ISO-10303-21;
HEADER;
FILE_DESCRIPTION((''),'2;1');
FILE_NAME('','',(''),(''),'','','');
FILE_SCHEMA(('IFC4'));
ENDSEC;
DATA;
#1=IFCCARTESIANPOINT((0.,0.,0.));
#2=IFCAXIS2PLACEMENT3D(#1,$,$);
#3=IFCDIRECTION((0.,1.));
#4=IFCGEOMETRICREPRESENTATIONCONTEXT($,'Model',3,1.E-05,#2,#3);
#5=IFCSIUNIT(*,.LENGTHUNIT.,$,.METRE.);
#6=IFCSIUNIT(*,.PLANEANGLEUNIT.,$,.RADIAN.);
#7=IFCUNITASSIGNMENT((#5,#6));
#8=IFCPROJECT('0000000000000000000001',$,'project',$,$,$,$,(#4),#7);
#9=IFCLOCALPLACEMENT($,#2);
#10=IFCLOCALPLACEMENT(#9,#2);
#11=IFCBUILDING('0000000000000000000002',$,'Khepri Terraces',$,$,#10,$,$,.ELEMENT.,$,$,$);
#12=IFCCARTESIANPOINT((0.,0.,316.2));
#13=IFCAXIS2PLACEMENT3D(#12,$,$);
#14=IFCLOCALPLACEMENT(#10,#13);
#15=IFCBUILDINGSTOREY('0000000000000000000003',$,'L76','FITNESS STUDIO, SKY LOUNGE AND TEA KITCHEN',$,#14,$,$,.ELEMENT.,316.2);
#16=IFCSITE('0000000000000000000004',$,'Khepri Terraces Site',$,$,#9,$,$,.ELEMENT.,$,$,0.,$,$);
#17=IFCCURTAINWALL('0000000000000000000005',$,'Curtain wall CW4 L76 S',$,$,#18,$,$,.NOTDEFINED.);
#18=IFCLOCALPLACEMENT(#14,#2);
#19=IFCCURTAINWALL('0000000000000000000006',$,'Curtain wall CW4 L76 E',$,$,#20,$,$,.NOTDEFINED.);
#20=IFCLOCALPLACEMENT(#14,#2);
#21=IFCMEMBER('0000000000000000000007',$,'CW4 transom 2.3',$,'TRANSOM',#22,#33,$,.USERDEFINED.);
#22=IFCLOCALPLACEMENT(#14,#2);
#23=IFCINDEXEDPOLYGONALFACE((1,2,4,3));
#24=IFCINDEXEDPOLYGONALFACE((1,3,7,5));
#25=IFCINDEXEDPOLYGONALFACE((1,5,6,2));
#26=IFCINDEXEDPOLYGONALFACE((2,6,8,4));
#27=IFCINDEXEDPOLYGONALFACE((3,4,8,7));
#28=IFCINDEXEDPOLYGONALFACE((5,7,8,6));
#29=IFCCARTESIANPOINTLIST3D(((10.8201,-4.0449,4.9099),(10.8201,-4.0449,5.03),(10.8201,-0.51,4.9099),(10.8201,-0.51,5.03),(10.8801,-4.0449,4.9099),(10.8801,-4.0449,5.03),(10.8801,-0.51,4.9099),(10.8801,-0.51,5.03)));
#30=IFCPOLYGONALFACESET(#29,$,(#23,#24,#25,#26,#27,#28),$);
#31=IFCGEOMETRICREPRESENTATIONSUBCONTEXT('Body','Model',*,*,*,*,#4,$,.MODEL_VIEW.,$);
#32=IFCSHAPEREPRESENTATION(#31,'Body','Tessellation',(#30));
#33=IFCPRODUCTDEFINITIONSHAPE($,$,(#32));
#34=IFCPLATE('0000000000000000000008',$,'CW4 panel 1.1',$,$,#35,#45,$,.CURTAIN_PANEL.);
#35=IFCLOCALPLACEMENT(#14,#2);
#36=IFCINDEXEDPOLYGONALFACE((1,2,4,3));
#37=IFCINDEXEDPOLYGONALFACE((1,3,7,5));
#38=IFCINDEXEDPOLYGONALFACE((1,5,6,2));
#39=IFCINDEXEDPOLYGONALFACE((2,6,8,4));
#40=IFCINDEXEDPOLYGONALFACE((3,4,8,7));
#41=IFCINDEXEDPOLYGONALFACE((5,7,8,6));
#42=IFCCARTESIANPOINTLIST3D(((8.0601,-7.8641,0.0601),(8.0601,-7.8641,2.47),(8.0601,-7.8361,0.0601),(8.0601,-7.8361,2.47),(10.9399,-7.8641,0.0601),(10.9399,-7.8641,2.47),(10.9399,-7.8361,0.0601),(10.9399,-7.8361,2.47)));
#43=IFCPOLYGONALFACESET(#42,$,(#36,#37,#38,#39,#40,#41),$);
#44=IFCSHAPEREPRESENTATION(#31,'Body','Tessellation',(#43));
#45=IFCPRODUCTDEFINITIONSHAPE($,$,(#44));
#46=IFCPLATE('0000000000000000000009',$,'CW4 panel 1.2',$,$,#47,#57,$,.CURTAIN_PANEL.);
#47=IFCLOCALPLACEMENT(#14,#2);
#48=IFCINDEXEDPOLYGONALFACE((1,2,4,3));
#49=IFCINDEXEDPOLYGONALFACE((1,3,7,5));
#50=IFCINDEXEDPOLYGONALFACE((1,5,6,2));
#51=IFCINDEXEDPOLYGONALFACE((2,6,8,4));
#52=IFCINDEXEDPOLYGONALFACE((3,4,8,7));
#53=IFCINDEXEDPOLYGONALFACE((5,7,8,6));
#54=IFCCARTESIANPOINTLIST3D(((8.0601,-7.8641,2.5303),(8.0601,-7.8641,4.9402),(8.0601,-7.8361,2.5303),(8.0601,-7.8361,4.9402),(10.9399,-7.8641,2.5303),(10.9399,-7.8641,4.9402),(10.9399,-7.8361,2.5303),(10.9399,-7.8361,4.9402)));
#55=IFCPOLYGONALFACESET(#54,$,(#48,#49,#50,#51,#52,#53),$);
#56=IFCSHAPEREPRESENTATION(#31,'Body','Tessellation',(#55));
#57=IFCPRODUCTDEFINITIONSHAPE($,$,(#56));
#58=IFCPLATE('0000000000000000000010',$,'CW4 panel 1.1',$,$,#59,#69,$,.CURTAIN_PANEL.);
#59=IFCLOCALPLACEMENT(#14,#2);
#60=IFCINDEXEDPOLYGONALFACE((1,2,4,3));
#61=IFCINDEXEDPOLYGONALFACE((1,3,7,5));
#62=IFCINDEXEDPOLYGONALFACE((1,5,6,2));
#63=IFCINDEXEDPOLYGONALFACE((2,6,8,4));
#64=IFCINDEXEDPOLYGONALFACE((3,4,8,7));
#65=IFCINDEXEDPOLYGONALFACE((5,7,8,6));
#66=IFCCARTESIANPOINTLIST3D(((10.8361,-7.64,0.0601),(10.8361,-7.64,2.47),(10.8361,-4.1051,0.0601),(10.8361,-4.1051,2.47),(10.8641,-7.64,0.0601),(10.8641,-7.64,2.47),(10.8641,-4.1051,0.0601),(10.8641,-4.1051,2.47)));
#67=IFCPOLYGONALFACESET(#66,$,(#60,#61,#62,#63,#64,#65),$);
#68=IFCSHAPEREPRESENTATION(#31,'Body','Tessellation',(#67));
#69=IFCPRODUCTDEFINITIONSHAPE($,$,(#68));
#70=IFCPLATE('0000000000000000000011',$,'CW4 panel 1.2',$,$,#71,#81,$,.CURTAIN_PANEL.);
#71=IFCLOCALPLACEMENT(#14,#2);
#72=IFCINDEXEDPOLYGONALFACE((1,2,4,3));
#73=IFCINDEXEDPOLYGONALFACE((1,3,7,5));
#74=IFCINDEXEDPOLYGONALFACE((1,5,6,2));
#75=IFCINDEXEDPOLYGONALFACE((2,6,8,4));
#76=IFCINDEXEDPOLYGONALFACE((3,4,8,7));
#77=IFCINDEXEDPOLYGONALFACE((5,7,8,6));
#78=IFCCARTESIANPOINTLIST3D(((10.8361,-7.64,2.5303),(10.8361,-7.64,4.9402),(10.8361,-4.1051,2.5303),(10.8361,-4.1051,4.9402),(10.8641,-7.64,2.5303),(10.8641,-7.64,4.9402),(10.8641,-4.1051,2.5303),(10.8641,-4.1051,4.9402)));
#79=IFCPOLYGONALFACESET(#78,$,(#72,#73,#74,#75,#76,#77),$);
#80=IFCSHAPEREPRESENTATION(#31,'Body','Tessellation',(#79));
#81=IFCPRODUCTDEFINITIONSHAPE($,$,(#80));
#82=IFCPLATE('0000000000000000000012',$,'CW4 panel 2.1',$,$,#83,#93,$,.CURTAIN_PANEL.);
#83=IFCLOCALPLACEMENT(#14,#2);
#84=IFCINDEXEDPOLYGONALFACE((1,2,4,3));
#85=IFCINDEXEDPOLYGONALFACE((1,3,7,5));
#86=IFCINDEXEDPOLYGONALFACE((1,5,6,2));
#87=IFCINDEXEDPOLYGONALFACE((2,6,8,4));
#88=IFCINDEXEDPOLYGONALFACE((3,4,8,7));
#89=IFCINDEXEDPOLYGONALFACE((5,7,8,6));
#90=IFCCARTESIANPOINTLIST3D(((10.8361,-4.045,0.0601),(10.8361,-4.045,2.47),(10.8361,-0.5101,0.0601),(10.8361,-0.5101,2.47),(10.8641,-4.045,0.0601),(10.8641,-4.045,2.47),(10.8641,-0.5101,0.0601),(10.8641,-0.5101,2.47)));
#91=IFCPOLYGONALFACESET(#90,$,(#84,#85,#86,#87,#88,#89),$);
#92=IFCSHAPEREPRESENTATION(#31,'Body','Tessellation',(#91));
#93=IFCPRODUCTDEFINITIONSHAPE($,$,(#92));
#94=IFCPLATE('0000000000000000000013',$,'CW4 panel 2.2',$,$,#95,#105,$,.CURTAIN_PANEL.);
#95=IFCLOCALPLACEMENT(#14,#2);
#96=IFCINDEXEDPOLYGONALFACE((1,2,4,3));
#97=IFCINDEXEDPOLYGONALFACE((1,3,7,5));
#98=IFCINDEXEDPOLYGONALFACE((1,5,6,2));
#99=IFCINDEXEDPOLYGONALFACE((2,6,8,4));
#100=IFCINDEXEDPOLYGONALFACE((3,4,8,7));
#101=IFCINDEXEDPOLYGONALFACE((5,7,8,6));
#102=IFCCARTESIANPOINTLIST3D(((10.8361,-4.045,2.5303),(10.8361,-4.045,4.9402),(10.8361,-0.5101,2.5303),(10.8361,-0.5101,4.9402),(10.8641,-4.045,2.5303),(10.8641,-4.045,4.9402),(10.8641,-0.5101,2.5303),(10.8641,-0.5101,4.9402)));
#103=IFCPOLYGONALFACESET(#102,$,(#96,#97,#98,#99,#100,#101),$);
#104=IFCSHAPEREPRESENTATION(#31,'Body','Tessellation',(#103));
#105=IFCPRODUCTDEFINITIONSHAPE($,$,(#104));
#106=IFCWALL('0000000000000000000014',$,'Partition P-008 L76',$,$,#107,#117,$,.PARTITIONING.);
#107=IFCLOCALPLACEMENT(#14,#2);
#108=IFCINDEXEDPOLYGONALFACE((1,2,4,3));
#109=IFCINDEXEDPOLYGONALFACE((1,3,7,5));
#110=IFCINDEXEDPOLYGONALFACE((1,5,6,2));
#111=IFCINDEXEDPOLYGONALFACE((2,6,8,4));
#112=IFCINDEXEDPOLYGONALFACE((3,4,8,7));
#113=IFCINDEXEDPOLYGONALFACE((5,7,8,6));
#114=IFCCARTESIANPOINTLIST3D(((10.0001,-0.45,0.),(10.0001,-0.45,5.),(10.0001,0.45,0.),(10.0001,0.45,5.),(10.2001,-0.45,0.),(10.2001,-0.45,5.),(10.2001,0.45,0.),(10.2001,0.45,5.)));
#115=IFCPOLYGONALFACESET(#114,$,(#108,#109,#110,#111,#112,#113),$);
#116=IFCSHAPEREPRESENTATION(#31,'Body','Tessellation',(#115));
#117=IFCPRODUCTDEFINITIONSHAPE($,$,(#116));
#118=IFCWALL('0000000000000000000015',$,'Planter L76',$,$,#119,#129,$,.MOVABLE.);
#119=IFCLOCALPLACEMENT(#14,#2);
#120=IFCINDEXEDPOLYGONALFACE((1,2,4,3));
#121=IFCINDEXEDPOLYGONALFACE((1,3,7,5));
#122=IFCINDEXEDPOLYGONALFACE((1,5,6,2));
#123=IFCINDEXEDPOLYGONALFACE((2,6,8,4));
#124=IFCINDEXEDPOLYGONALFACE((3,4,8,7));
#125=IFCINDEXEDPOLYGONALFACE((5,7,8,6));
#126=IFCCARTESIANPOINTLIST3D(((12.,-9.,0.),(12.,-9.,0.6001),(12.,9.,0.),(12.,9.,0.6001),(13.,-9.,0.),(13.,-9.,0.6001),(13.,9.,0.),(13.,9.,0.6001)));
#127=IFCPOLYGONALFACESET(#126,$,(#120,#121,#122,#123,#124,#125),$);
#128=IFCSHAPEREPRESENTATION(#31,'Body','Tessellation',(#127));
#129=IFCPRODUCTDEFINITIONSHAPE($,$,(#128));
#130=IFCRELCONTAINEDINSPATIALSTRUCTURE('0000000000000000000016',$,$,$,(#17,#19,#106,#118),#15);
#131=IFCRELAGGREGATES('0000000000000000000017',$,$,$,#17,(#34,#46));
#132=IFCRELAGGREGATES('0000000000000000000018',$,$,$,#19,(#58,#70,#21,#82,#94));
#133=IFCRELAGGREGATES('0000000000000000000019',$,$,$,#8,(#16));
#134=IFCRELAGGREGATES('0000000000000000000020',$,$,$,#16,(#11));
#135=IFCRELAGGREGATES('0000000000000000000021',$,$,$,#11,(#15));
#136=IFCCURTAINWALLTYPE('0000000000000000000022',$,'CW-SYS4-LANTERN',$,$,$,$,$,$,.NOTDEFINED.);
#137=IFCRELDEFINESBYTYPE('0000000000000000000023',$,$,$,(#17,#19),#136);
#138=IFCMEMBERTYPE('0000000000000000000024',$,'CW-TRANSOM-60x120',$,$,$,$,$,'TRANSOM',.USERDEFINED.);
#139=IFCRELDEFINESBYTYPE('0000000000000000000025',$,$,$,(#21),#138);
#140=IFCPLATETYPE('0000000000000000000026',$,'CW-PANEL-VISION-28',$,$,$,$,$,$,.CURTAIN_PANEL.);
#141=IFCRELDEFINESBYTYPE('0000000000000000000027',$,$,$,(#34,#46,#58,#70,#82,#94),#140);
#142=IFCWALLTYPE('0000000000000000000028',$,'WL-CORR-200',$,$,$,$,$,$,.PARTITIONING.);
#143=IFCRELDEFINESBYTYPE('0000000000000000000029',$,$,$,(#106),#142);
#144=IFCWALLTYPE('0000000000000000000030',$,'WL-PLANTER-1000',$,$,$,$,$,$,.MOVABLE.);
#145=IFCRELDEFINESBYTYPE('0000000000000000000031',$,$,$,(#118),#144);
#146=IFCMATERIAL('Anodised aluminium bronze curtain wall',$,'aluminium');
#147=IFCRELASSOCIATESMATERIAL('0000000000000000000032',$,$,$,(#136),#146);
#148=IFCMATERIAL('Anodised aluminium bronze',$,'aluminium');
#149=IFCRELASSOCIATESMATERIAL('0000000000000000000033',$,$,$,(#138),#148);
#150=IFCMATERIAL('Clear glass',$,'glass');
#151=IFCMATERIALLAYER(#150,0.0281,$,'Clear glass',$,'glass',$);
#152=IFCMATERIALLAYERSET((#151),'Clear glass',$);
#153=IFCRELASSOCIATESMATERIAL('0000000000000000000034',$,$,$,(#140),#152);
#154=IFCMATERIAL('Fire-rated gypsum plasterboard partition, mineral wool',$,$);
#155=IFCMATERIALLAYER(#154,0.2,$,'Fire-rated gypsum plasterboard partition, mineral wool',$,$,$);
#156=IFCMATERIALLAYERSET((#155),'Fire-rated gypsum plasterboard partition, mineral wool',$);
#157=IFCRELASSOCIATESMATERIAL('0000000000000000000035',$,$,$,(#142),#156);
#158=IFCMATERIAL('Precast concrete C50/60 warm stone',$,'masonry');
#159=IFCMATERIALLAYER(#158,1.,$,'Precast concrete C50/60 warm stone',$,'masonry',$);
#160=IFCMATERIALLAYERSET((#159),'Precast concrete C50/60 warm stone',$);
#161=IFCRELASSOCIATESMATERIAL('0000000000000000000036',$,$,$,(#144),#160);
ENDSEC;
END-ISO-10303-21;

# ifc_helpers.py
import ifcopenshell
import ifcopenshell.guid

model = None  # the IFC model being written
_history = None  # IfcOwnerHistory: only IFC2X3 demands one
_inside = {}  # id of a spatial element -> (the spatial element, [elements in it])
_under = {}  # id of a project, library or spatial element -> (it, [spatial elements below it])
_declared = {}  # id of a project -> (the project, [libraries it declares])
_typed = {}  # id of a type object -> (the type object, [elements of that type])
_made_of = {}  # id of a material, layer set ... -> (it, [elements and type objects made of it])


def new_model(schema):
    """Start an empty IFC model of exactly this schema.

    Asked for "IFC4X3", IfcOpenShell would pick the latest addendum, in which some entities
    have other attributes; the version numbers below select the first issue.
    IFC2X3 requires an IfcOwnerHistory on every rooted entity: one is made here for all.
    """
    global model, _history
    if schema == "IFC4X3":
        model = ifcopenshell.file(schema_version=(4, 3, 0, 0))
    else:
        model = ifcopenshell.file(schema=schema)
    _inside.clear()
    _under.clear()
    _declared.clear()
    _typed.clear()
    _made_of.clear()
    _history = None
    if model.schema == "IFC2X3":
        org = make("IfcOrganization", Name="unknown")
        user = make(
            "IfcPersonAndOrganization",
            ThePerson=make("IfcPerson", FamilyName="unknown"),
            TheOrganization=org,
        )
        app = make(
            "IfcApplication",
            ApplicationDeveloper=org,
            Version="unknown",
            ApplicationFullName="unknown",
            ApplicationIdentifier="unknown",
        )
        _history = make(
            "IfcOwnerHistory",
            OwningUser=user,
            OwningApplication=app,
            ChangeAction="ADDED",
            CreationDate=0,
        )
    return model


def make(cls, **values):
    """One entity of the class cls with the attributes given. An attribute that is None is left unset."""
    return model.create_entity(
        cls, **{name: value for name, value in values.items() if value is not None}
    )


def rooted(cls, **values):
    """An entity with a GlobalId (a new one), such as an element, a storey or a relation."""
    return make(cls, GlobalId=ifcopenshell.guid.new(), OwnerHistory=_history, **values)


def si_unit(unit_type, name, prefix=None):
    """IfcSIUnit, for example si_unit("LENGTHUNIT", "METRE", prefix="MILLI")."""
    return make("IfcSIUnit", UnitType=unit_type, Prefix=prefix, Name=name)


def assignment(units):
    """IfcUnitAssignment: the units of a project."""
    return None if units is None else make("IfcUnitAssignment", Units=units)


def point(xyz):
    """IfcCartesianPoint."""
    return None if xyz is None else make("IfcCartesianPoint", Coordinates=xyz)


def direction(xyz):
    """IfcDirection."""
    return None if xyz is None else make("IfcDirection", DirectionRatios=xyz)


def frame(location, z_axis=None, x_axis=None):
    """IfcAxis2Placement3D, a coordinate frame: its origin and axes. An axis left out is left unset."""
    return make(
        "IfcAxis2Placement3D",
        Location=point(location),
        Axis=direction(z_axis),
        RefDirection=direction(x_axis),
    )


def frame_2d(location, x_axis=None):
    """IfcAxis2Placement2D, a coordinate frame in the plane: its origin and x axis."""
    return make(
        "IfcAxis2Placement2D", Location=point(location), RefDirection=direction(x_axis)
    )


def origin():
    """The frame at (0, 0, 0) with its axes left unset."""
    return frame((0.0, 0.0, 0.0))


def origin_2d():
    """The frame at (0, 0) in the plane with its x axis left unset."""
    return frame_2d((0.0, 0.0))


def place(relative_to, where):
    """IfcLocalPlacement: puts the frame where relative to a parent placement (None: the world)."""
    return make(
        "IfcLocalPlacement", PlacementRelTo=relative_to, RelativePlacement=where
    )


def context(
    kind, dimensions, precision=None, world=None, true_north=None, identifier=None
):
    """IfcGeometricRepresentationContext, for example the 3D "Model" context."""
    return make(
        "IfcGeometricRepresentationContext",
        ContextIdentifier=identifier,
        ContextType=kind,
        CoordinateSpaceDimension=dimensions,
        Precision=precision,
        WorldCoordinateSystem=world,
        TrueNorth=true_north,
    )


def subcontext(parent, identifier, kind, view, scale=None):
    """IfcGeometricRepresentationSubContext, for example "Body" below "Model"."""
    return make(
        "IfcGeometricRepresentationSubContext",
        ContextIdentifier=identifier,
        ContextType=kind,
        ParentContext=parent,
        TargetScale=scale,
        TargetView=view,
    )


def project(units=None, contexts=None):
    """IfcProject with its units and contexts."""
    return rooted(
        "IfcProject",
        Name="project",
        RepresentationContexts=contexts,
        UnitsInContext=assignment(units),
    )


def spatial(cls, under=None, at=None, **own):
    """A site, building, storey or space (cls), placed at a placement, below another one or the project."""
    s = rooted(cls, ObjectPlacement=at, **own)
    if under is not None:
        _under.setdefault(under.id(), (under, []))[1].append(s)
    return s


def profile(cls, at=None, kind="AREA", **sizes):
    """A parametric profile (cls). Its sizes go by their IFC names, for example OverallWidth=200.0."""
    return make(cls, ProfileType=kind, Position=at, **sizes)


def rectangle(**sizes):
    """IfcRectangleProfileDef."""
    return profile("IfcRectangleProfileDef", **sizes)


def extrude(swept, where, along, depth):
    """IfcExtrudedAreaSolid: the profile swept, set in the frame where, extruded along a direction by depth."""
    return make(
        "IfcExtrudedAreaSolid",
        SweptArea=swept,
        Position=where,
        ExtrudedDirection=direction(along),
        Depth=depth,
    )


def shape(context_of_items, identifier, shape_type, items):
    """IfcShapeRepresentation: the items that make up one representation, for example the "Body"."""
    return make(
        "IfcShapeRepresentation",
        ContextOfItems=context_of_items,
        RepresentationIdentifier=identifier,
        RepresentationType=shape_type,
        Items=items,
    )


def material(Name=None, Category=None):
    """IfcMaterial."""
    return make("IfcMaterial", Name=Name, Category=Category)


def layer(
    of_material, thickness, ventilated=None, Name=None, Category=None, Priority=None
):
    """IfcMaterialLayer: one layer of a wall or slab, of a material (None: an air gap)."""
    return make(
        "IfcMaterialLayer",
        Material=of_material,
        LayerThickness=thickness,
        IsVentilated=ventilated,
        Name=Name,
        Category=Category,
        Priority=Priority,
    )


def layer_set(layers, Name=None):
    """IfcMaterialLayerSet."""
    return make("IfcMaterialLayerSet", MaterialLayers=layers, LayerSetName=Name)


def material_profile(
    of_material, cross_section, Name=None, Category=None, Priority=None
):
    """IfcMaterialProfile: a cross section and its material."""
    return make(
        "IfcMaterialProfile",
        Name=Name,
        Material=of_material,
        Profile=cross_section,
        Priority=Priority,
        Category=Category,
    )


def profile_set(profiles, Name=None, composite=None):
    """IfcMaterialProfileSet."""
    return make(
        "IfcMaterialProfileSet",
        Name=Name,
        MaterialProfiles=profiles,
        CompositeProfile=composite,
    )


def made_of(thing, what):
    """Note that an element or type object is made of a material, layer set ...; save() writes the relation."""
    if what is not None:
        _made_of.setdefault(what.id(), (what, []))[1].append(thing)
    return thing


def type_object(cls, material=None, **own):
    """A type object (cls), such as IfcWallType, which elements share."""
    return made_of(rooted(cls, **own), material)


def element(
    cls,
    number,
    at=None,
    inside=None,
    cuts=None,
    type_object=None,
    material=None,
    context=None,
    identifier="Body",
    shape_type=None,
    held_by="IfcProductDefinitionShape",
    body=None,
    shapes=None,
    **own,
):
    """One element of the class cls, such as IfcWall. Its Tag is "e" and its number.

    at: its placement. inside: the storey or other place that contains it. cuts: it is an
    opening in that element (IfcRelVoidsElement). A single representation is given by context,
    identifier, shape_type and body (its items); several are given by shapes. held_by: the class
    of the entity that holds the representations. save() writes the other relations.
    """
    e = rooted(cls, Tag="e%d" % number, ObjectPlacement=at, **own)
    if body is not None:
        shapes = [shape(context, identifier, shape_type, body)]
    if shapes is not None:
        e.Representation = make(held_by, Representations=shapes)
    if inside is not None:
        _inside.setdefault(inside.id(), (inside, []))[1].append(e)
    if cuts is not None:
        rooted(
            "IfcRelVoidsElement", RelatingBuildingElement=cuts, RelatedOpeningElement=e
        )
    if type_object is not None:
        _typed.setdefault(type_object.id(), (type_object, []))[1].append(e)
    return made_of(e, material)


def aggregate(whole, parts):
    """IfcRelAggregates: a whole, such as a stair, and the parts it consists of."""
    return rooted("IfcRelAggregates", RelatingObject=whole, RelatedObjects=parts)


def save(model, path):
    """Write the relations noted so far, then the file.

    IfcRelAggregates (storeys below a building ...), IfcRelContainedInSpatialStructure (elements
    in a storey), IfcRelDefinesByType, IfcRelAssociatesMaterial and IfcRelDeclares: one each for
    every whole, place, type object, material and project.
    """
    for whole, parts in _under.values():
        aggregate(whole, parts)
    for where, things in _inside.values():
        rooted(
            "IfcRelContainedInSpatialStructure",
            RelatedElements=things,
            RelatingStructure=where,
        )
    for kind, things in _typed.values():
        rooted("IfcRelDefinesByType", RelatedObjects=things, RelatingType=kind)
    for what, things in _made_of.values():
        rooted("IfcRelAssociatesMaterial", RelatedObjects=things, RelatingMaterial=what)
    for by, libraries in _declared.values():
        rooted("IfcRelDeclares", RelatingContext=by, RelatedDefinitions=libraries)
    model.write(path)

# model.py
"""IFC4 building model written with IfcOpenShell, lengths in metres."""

from ifc_helpers import new_model, si_unit, direction, frame, frame_2d, origin, origin_2d, place, context, subcontext, project, spatial, rectangle, extrude, material, layer, layer_set, material_profile, profile_set, type_object, element, aggregate, save


model = new_model("IFC4")

# Units and contexts
model_context = context("Model", 3, precision=1e-05, world=origin(), true_north=direction((0.0, 1.0)))
body_context = subcontext(model_context, "Body", "Model", "MODEL_VIEW")
ifc_project = project(units=[si_unit("LENGTHUNIT", "METRE"), si_unit("PLANEANGLEUNIT", "RADIAN")], contexts=[model_context])

# Site, building, storey
site_placement = place(None, origin())
site = spatial("IfcSite", under=ifc_project, at=site_placement, Name="Khepri Terraces Site", CompositionType="ELEMENT", RefElevation=0.0)
building_placement = place(site_placement, origin())
building = spatial("IfcBuilding", under=site, at=building_placement, Name="Khepri Terraces", CompositionType="ELEMENT")
storey_placement = place(building_placement, frame((0.0, 0.0, 316.2)))
storey = spatial("IfcBuildingStorey", under=building, at=storey_placement, Name="L76", Description="FITNESS STUDIO, SKY LOUNGE AND TEA KITCHEN", CompositionType="ELEMENT", Elevation=316.2)

# Shared definitions
ifc_material_1 = material(Name="Anodised aluminium bronze curtain wall", Category="aluminium")
curtain_wall_type = type_object("IfcCurtainWallType", Name="CW-SYS4-LANTERN", PredefinedType="NOTDEFINED", material=ifc_material_1)
ifc_material_2 = material(Name="Anodised aluminium bronze", Category="aluminium")

# Curtain wall
curtain_wall_1_placement = place(storey_placement, origin())
curtain_wall_1 = element("IfcCurtainWall", 1, at=curtain_wall_1_placement, inside=storey, type_object=curtain_wall_type, Name="Curtain wall CW4 L76 S", PredefinedType="NOTDEFINED")

# Curtain wall
curtain_wall_2_placement = place(storey_placement, origin())
curtain_wall_2 = element("IfcCurtainWall", 2, at=curtain_wall_2_placement, inside=storey, type_object=curtain_wall_type, Name="Curtain wall CW4 L76 E", PredefinedType="NOTDEFINED")

# Member
ifc_material_profile_1 = material_profile(ifc_material_2, rectangle(XDim=0.0601, YDim=0.1201, at=origin_2d()), Name="Anodised aluminium bronze", Category="aluminium")
ifc_profile_set_1 = profile_set([ifc_material_profile_1], Name="Anodised aluminium bronze")
member_type_1 = type_object("IfcMemberType", Name="CW-TRANSOM-60x120", ElementType="TRANSOM", PredefinedType="USERDEFINED", material=ifc_profile_set_1)
member_1_placement = place(storey_placement, frame((10.8501, -4.0449, 4.97), z_axis=(0.0, 1.0, 0.0), x_axis=(-1.0, 0.0, 0.0)))
member_1 = element("IfcMember", 3, at=member_1_placement, type_object=member_type_1, Name="CW4 transom 2.3", ObjectType="TRANSOM", PredefinedType="USERDEFINED", context=body_context, shape_type="SweptSolid", body=[
    extrude(rectangle(XDim=0.0601, YDim=0.1201, at=origin_2d()), origin(), (0.0, 0.0, 1.0), 3.5349),
])

# Plates
ifc_material_3 = material(Name="Clear glass", Category="glass")
ifc_layer_1 = layer(ifc_material_3, 0.0281, Name="Clear glass", Category="glass")
ifc_layer_set_1 = layer_set([ifc_layer_1], Name="Clear glass")
plate_type = type_object("IfcPlateType", Name="CW-PANEL-VISION-28", PredefinedType="CURTAIN_PANEL", material=ifc_layer_set_1)
plate_1_placement = place(storey_placement, frame((9.5, -7.8501, 0.0601), z_axis=(0.0, 0.0, 1.0), x_axis=(1.0, 0.0, 0.0)))
plate_1 = element("IfcPlate", 4, at=plate_1_placement, type_object=plate_type, Name="CW4 panel 1.1", PredefinedType="CURTAIN_PANEL", context=body_context, shape_type="SweptSolid", body=[
    extrude(rectangle(XDim=2.8799, YDim=0.0281, at=origin_2d()), origin(), (0.0, 0.0, 1.0), 2.4099),
])
plate_2_placement = place(storey_placement, frame((9.5, -7.8501, 2.5303), z_axis=(0.0, 0.0, 1.0), x_axis=(1.0, 0.0, 0.0)))
plate_2 = element("IfcPlate", 5, at=plate_2_placement, type_object=plate_type, Name="CW4 panel 1.2", PredefinedType="CURTAIN_PANEL", context=body_context, shape_type="SweptSolid", body=[
    extrude(rectangle(XDim=2.8799, YDim=0.0281, at=origin_2d()), origin(), (0.0, 0.0, 1.0), 2.4099),
])
aggregate(curtain_wall_1, [plate_1, plate_2])
plate_3_placement = place(storey_placement, frame((10.8501, -5.8726, 0.0601), z_axis=(0.0, 0.0, 1.0), x_axis=(0.0, 1.0, 0.0)))
plate_3 = element("IfcPlate", 6, at=plate_3_placement, type_object=plate_type, Name="CW4 panel 1.1", PredefinedType="CURTAIN_PANEL", context=body_context, shape_type="SweptSolid", body=[
    extrude(rectangle(XDim=3.5349, YDim=0.0281, at=origin_2d()), origin(), (0.0, 0.0, 1.0), 2.4099),
])
plate_4_placement = place(storey_placement, frame((10.8501, -5.8726, 2.5303), z_axis=(0.0, 0.0, 1.0), x_axis=(0.0, 1.0, 0.0)))
plate_4 = element("IfcPlate", 7, at=plate_4_placement, type_object=plate_type, Name="CW4 panel 1.2", PredefinedType="CURTAIN_PANEL", context=body_context, shape_type="SweptSolid", body=[
    extrude(rectangle(XDim=3.5349, YDim=0.0281, at=origin_2d()), origin(), (0.0, 0.0, 1.0), 2.4099),
])
plate_5_placement = place(storey_placement, frame((10.8501, -2.2776, 0.0601), z_axis=(0.0, 0.0, 1.0), x_axis=(0.0, 1.0, 0.0)))
plate_5 = element("IfcPlate", 8, at=plate_5_placement, type_object=plate_type, Name="CW4 panel 2.1", PredefinedType="CURTAIN_PANEL", context=body_context, shape_type="SweptSolid", body=[
    extrude(rectangle(XDim=3.5349, YDim=0.0281, at=origin_2d()), origin(), (0.0, 0.0, 1.0), 2.4099),
])
plate_6_placement = place(storey_placement, frame((10.8501, -2.2776, 2.5303), z_axis=(0.0, 0.0, 1.0), x_axis=(0.0, 1.0, 0.0)))
plate_6 = element("IfcPlate", 9, at=plate_6_placement, type_object=plate_type, Name="CW4 panel 2.2", PredefinedType="CURTAIN_PANEL", context=body_context, shape_type="SweptSolid", body=[
    extrude(rectangle(XDim=3.5349, YDim=0.0281, at=origin_2d()), origin(), (0.0, 0.0, 1.0), 2.4099),
])
aggregate(curtain_wall_2, [plate_3, plate_4, member_1, plate_5, plate_6])

# Walls
ifc_material_4 = material(Name="Fire-rated gypsum plasterboard partition, mineral wool")
ifc_layer_2 = layer(ifc_material_4, 0.2, Name="Fire-rated gypsum plasterboard partition, mineral wool")
ifc_layer_set_2 = layer_set([ifc_layer_2], Name="Fire-rated gypsum plasterboard partition, mineral wool")
wall_type_1 = type_object("IfcWallType", Name="WL-CORR-200", PredefinedType="PARTITIONING", material=ifc_layer_set_2)
wall_1_placement = place(storey_placement, frame((10.1001, -0.45, 0.0), z_axis=(0.0, 0.0, 1.0), x_axis=(0.0, 1.0, 0.0)))
element("IfcWall", 10, at=wall_1_placement, inside=storey, type_object=wall_type_1, Name="Partition P-008 L76", PredefinedType="PARTITIONING", context=body_context, shape_type="SweptSolid", body=[
    extrude(rectangle(XDim=0.8999, YDim=0.2, at=frame_2d((0.45, 0.0))), origin(), (0.0, 0.0, 1.0), 5.0),
])
ifc_material_5 = material(Name="Precast concrete C50/60 warm stone", Category="masonry")
ifc_layer_3 = layer(ifc_material_5, 1.0, Name="Precast concrete C50/60 warm stone", Category="masonry")
ifc_layer_set_3 = layer_set([ifc_layer_3], Name="Precast concrete C50/60 warm stone")
wall_type_2 = type_object("IfcWallType", Name="WL-PLANTER-1000", PredefinedType="MOVABLE", material=ifc_layer_set_3)
wall_2_placement = place(storey_placement, frame((12.5, -9.0, 0.0), z_axis=(0.0, 0.0, 1.0), x_axis=(0.0, 1.0, 0.0)))
element("IfcWall", 11, at=wall_2_placement, inside=storey, type_object=wall_type_2, Name="Planter L76", PredefinedType="MOVABLE", context=body_context, shape_type="SweptSolid", body=[
    extrude(rectangle(XDim=18.0, YDim=1.0, at=frame_2d((9.0, 0.0))), origin(), (0.0, 0.0, 1.0), 0.6001),
])

save(model, "model.ifc")
